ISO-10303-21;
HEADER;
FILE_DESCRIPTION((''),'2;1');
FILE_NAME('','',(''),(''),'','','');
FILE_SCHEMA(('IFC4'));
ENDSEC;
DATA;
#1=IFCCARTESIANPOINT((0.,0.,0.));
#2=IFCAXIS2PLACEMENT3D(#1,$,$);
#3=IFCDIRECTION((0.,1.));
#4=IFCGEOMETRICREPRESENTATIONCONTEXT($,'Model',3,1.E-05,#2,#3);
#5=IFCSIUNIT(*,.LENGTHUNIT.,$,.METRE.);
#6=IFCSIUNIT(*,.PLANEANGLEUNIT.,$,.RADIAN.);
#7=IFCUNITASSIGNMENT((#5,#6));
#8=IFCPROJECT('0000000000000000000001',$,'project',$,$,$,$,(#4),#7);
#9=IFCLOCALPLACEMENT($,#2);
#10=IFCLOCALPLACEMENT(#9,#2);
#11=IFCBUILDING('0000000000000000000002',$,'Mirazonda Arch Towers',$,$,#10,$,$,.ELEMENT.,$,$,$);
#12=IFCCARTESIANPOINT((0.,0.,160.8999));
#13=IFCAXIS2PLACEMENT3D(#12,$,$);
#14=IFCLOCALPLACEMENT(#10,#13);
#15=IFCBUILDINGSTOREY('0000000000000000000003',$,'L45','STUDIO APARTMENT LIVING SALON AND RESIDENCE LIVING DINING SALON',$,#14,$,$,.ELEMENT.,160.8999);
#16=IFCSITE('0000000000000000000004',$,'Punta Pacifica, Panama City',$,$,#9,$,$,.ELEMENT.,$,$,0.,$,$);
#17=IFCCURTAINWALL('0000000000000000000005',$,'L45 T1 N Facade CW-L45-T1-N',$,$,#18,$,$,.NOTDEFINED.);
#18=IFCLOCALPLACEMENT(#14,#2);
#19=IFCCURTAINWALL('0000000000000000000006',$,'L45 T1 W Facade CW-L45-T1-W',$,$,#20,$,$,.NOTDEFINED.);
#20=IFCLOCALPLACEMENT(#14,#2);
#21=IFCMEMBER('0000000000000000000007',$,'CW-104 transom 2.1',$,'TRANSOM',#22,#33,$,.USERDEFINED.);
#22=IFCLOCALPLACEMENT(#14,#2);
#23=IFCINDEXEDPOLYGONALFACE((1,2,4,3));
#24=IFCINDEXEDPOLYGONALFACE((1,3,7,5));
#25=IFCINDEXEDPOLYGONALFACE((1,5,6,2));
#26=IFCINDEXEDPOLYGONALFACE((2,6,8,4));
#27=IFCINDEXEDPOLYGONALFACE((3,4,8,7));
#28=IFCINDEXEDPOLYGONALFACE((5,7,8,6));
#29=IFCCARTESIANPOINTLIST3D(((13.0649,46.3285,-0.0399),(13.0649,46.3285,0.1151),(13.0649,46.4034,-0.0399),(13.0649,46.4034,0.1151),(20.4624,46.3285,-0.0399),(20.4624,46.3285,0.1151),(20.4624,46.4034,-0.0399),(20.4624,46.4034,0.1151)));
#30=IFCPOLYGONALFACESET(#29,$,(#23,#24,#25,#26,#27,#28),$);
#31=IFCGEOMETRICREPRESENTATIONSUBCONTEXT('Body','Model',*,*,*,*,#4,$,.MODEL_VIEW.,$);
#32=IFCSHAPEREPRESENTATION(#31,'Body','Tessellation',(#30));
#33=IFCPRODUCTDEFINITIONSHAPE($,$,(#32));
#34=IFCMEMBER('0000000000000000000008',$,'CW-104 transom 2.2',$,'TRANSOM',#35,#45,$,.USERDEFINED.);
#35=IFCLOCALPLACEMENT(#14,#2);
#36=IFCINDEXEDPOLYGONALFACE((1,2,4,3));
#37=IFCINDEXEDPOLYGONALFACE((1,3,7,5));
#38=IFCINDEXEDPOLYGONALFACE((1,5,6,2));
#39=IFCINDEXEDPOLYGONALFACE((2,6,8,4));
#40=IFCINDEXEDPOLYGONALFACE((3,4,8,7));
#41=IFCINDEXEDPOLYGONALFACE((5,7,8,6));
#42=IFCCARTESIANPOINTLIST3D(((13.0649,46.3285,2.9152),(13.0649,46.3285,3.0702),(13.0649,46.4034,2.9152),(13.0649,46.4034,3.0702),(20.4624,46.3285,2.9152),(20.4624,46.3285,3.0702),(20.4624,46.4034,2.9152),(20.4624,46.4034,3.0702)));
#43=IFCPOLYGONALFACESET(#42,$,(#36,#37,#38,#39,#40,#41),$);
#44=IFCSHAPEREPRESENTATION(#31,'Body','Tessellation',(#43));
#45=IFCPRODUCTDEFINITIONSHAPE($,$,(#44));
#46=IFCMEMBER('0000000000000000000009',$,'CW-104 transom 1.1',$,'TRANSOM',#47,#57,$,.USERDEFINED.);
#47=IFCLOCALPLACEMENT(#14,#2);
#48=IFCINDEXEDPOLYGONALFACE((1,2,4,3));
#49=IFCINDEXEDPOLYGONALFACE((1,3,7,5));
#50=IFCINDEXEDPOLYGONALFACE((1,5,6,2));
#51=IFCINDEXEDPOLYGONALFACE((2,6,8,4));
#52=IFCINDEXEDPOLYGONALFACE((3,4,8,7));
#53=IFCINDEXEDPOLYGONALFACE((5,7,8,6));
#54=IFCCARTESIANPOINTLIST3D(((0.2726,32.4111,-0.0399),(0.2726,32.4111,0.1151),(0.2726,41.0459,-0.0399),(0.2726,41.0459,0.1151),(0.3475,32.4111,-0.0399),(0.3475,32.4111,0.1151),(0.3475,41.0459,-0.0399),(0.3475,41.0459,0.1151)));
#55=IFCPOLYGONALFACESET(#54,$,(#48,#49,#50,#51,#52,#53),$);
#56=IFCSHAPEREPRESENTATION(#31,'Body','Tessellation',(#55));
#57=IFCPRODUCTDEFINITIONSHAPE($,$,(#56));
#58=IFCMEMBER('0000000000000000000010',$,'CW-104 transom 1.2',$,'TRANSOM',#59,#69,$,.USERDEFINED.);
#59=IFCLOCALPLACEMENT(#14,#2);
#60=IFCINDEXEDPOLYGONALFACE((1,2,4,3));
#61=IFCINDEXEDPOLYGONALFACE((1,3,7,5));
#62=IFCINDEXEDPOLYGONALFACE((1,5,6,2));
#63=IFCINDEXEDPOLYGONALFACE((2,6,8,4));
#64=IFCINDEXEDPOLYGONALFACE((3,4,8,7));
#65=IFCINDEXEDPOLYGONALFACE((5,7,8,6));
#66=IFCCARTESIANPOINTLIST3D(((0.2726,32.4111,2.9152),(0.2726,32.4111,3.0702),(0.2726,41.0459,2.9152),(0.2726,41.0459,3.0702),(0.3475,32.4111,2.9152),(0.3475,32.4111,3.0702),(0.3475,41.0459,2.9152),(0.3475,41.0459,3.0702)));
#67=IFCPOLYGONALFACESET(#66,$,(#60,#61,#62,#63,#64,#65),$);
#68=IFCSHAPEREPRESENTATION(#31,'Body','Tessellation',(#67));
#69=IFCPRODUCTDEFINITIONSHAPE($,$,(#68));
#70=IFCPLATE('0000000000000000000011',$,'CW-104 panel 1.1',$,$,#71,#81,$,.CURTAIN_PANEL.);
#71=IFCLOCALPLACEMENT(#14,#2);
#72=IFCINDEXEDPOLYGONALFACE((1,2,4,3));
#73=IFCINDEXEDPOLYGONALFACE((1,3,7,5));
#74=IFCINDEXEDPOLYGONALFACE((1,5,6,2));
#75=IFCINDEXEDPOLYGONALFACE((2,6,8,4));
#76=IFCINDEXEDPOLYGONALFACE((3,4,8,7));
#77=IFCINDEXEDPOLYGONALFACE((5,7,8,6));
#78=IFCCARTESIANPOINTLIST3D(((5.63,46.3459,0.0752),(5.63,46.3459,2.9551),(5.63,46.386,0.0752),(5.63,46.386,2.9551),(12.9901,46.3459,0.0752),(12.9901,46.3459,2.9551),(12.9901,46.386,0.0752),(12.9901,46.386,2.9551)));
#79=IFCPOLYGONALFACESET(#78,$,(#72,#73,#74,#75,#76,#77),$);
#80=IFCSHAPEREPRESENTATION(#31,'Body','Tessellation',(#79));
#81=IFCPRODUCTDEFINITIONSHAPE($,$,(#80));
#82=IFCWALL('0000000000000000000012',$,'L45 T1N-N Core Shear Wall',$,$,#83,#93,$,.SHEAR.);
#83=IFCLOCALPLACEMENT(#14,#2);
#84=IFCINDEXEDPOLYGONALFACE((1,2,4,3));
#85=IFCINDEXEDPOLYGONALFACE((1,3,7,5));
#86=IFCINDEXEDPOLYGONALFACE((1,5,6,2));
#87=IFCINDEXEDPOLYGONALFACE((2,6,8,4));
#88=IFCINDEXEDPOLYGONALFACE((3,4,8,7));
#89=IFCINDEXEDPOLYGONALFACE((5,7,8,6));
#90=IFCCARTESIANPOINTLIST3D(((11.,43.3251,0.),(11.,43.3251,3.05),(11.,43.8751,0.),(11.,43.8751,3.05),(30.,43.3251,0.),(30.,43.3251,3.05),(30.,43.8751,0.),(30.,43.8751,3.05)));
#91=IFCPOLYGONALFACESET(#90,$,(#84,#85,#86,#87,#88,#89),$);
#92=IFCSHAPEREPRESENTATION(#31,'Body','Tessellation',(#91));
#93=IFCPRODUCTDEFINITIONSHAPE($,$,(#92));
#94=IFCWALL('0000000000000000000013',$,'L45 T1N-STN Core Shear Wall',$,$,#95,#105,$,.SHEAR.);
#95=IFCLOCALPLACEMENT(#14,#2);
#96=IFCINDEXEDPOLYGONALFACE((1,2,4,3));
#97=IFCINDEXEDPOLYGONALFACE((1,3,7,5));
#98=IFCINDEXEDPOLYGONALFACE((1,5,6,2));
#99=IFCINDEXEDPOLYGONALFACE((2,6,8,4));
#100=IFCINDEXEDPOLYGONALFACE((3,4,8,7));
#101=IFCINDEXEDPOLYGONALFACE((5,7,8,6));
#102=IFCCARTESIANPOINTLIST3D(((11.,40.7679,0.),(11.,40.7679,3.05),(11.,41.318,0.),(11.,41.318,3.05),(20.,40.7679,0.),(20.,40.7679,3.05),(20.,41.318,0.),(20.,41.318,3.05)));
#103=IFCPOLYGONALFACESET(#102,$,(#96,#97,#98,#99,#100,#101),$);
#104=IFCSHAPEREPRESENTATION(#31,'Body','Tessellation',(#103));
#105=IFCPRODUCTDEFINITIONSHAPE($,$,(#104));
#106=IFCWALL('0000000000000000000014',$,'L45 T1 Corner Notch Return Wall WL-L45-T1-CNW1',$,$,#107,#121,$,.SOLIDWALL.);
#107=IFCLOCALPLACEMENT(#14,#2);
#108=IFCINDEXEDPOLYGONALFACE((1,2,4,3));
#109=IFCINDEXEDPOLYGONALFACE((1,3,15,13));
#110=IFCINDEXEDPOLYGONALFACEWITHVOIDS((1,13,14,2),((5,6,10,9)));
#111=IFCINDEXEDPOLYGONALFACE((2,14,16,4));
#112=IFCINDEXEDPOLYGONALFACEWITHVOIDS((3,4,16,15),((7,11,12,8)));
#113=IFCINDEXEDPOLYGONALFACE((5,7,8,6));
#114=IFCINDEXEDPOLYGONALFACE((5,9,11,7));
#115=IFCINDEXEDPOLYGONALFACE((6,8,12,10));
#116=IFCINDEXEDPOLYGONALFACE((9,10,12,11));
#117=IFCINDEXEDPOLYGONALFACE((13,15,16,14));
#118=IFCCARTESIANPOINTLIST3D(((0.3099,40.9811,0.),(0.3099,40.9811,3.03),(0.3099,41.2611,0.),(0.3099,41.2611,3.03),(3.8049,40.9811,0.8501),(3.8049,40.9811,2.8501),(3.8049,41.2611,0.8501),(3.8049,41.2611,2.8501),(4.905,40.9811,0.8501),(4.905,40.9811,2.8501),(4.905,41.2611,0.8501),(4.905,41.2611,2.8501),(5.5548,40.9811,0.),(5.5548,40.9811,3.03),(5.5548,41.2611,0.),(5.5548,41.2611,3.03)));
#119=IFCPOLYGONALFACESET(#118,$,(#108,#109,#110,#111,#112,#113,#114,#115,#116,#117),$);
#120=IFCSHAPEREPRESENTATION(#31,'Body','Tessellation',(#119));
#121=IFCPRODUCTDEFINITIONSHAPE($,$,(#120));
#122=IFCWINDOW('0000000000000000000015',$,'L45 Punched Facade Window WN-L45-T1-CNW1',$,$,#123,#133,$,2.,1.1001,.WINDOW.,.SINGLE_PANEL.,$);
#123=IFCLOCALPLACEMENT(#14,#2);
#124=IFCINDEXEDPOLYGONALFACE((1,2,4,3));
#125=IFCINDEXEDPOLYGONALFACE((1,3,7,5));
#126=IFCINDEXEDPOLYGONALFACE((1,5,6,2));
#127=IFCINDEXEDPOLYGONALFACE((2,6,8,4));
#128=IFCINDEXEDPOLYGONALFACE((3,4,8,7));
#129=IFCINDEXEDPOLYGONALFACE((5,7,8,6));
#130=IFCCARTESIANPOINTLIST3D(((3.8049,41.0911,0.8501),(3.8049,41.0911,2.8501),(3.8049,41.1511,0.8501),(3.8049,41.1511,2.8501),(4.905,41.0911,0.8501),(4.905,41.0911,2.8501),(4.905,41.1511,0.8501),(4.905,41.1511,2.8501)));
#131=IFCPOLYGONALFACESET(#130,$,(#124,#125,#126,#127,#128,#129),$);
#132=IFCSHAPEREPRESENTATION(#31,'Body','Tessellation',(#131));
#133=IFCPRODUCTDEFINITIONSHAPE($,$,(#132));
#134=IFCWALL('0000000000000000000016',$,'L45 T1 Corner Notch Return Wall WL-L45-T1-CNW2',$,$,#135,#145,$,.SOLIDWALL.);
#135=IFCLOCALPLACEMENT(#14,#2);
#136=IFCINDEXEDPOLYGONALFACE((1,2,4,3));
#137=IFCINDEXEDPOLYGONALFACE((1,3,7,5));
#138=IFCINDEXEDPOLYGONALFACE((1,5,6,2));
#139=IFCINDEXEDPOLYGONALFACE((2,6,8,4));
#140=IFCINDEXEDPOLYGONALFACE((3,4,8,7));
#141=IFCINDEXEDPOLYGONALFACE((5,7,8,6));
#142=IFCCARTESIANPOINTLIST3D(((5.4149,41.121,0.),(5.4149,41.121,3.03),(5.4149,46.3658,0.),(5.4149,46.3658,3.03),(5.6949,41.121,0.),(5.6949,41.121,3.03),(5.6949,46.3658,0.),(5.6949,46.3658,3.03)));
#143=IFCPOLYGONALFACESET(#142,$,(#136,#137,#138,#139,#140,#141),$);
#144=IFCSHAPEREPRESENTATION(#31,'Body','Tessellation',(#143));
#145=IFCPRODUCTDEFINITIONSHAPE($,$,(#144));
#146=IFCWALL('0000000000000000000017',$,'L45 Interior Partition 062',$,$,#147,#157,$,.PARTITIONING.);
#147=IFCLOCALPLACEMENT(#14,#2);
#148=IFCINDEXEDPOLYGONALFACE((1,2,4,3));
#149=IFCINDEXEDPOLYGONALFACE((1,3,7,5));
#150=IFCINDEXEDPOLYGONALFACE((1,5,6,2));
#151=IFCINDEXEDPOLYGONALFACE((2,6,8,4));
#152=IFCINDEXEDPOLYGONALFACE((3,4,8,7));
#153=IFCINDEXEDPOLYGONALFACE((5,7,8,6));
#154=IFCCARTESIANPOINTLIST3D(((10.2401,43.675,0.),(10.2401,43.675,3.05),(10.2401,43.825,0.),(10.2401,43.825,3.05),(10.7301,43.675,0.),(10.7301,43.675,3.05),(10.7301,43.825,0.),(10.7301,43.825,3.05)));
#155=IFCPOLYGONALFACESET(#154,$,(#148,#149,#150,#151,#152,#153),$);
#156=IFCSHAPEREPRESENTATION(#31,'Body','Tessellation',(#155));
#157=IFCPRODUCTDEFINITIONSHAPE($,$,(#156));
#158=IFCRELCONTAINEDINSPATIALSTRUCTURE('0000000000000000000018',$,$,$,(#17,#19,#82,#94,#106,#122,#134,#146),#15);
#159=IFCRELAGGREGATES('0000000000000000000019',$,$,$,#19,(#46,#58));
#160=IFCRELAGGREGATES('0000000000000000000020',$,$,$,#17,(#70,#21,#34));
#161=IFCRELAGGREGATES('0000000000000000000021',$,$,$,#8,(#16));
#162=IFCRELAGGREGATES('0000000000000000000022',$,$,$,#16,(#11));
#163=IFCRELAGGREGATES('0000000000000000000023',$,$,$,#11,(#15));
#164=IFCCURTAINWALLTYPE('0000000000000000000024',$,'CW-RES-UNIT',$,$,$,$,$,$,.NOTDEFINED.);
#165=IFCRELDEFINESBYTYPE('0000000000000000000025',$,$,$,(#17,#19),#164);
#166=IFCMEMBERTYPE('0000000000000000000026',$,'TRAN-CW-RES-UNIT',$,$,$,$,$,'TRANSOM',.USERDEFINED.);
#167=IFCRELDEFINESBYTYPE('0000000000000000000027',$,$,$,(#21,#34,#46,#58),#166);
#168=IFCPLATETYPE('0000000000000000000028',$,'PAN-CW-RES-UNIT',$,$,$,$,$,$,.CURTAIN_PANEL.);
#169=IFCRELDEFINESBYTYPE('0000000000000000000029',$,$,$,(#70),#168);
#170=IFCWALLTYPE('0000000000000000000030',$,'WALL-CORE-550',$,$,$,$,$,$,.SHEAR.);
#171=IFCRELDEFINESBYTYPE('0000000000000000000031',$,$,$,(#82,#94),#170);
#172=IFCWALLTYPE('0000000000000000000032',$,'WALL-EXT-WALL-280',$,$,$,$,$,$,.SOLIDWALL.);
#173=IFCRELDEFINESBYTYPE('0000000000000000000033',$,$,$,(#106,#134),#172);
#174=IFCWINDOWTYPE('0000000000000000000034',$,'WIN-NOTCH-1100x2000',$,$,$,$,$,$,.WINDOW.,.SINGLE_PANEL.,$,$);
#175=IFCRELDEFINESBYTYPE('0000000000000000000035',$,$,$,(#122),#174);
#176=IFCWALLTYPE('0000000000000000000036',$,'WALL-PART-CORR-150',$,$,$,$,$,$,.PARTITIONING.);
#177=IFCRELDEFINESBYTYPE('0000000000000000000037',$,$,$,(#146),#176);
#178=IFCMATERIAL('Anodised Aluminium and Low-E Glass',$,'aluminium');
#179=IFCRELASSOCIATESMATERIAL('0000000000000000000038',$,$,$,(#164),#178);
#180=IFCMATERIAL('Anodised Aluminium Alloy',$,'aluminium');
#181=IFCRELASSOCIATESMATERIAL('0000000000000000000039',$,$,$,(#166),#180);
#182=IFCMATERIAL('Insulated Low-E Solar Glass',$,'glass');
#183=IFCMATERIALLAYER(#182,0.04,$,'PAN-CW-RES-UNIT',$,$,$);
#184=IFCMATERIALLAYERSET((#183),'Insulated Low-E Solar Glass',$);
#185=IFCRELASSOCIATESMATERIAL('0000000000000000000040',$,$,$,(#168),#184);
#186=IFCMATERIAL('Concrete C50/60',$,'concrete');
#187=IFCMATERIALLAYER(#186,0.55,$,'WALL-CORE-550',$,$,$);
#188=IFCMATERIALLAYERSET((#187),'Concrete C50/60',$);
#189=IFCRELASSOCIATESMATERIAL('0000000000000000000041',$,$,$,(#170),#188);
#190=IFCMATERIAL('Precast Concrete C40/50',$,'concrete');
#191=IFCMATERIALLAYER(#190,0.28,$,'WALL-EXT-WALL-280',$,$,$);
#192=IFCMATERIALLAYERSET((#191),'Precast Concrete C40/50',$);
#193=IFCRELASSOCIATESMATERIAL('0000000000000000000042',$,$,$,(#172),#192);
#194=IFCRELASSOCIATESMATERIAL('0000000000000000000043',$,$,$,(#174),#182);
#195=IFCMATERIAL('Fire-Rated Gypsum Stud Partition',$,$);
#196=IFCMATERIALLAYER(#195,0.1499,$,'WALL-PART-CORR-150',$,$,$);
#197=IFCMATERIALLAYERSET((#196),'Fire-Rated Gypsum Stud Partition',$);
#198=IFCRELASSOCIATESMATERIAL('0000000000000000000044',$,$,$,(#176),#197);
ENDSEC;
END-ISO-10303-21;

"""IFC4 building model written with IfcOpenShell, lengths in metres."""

from ifc_helpers import new_model, si_unit, direction, frame, frame_2d, origin, origin_2d, place, context, subcontext, project, spatial, rectangle, extrude, material, layer, layer_set, material_profile, profile_set, type_object, element, fill, aggregate, save


model = new_model("IFC4")

# Units and contexts
model_context = context("Model", 3, precision=1e-05, world=origin(), true_north=direction((0.0, 1.0)))
body_context = subcontext(model_context, "Body", "Model", "MODEL_VIEW")
ifc_project = project(units=[si_unit("LENGTHUNIT", "METRE"), si_unit("PLANEANGLEUNIT", "RADIAN")], contexts=[model_context])

# Site, building, storey
site_placement = place(None, origin())
site = spatial("IfcSite", under=ifc_project, at=site_placement, Name="Punta Pacifica, Panama City", CompositionType="ELEMENT", RefElevation=0.0)
building_placement = place(site_placement, origin())
building = spatial("IfcBuilding", under=site, at=building_placement, Name="Mirazonda Arch Towers", CompositionType="ELEMENT")
storey_placement = place(building_placement, frame((0.0, 0.0, 160.8999)))
storey = spatial("IfcBuildingStorey", under=building, at=storey_placement, Name="L45", Description="STUDIO APARTMENT LIVING SALON AND RESIDENCE LIVING DINING SALON", CompositionType="ELEMENT", Elevation=160.8999)

# Shared definitions
ifc_material_1 = material(Name="Concrete C50/60", Category="concrete")

# Curtain wall
ifc_material_2 = material(Name="Anodised Aluminium and Low-E Glass", Category="aluminium")
curtain_wall_type = type_object("IfcCurtainWallType", Name="CW-RES-UNIT", PredefinedType="NOTDEFINED", material=ifc_material_2)
curtain_wall_1_placement = place(storey_placement, origin())
curtain_wall_1 = element("IfcCurtainWall", 1, at=curtain_wall_1_placement, inside=storey, type_object=curtain_wall_type, Name="L45 T1 N Facade CW-L45-T1-N", PredefinedType="NOTDEFINED")
ifc_material_3 = material(Name="Anodised Aluminium Alloy", Category="aluminium")

# Curtain wall
curtain_wall_2_placement = place(storey_placement, origin())
curtain_wall_2 = element("IfcCurtainWall", 2, at=curtain_wall_2_placement, inside=storey, type_object=curtain_wall_type, Name="L45 T1 W Facade CW-L45-T1-W", PredefinedType="NOTDEFINED")

# Members
ifc_material_profile_1 = material_profile(ifc_material_3, rectangle(XDim=0.075, YDim=0.155, at=origin_2d()), Name="ALU-TRAN-75x155")
ifc_profile_set_1 = profile_set([ifc_material_profile_1], Name="Anodised Aluminium Alloy")
member_type_1 = type_object("IfcMemberType", Name="TRAN-CW-RES-UNIT", ElementType="TRANSOM", PredefinedType="USERDEFINED", material=ifc_profile_set_1)
member_1_placement = place(storey_placement, frame((13.0649, 46.366, 0.0376), z_axis=(1.0, 0.0, 0.0), x_axis=(0.0, 1.0, 0.0)))
member_1 = element("IfcMember", 3, at=member_1_placement, type_object=member_type_1, Name="CW-104 transom 2.1", ObjectType="TRANSOM", PredefinedType="USERDEFINED", context=body_context, shape_type="SweptSolid", body=[
    extrude(rectangle(XDim=0.075, YDim=0.155, at=origin_2d()), origin(), (0.0, 0.0, 1.0), 7.3975),
])
member_2_placement = place(storey_placement, frame((13.0649, 46.366, 2.9927), z_axis=(1.0, 0.0, 0.0), x_axis=(0.0, 1.0, 0.0)))
member_2 = element("IfcMember", 4, at=member_2_placement, type_object=member_type_1, Name="CW-104 transom 2.2", ObjectType="TRANSOM", PredefinedType="USERDEFINED", context=body_context, shape_type="SweptSolid", body=[
    extrude(rectangle(XDim=0.075, YDim=0.155, at=origin_2d()), origin(), (0.0, 0.0, 1.0), 7.3975),
])
member_3_placement = place(storey_placement, frame((0.3101, 41.0459, 0.0376), z_axis=(0.0, -1.0, 0.0), x_axis=(1.0, 0.0, 0.0)))
member_3 = element("IfcMember", 5, at=member_3_placement, type_object=member_type_1, Name="CW-104 transom 1.1", ObjectType="TRANSOM", PredefinedType="USERDEFINED", context=body_context, shape_type="SweptSolid", body=[
    extrude(rectangle(XDim=0.075, YDim=0.155, at=origin_2d()), origin(), (0.0, 0.0, 1.0), 8.6348),
])
member_4_placement = place(storey_placement, frame((0.3101, 41.0459, 2.9927), z_axis=(0.0, -1.0, 0.0), x_axis=(1.0, 0.0, 0.0)))
member_4 = element("IfcMember", 6, at=member_4_placement, type_object=member_type_1, Name="CW-104 transom 1.2", ObjectType="TRANSOM", PredefinedType="USERDEFINED", context=body_context, shape_type="SweptSolid", body=[
    extrude(rectangle(XDim=0.075, YDim=0.155, at=origin_2d()), origin(), (0.0, 0.0, 1.0), 8.6348),
])
aggregate(curtain_wall_2, [member_3, member_4])

# Plate
ifc_material_4 = material(Name="Insulated Low-E Solar Glass", Category="glass")
ifc_layer_1 = layer(ifc_material_4, 0.04, Name="PAN-CW-RES-UNIT")
ifc_layer_set_1 = layer_set([ifc_layer_1], Name="Insulated Low-E Solar Glass")
plate_type = type_object("IfcPlateType", Name="PAN-CW-RES-UNIT", PredefinedType="CURTAIN_PANEL", material=ifc_layer_set_1)
plate_placement = place(storey_placement, frame((9.3101, 46.366, 0.0752), z_axis=(0.0, 0.0, 1.0), x_axis=(1.0, 0.0, 0.0)))
plate = element("IfcPlate", 7, at=plate_placement, type_object=plate_type, Name="CW-104 panel 1.1", PredefinedType="CURTAIN_PANEL", context=body_context, shape_type="SweptSolid", body=[
    extrude(rectangle(XDim=7.3601, YDim=0.04, at=origin_2d()), origin(), (0.0, 0.0, 1.0), 2.8799),
])
aggregate(curtain_wall_1, [plate, member_1, member_2])

# Walls
ifc_layer_2 = layer(ifc_material_1, 0.55, Name="WALL-CORE-550")
ifc_layer_set_2 = layer_set([ifc_layer_2], Name="Concrete C50/60")
wall_type_1 = type_object("IfcWallType", Name="WALL-CORE-550", PredefinedType="SHEAR", material=ifc_layer_set_2)
wall_1_placement = place(storey_placement, frame((11.0, 43.6001, 0.0), z_axis=(0.0, 0.0, 1.0), x_axis=(1.0, 0.0, 0.0)))
element("IfcWall", 8, at=wall_1_placement, inside=storey, type_object=wall_type_1, Name="L45 T1N-N Core Shear Wall", PredefinedType="SHEAR", context=body_context, shape_type="SweptSolid", body=[
    extrude(rectangle(XDim=19.0, YDim=0.55, at=frame_2d((9.5, 0.0))), origin(), (0.0, 0.0, 1.0), 3.05),
])
wall_2_placement = place(storey_placement, frame((11.0, 41.043, 0.0), z_axis=(0.0, 0.0, 1.0), x_axis=(1.0, 0.0, 0.0)))
element("IfcWall", 9, at=wall_2_placement, inside=storey, type_object=wall_type_1, Name="L45 T1N-STN Core Shear Wall", PredefinedType="SHEAR", context=body_context, shape_type="SweptSolid", body=[
    extrude(rectangle(XDim=9.0, YDim=0.55, at=frame_2d((4.5, 0.0))), origin(), (0.0, 0.0, 1.0), 3.05),
])

# Wall, opening, window
ifc_material_5 = material(Name="Precast Concrete C40/50", Category="concrete")
ifc_layer_3 = layer(ifc_material_5, 0.28, Name="WALL-EXT-WALL-280")
ifc_layer_set_3 = layer_set([ifc_layer_3], Name="Precast Concrete C40/50")
wall_type_2 = type_object("IfcWallType", Name="WALL-EXT-WALL-280", PredefinedType="SOLIDWALL", material=ifc_layer_set_3)
wall_3_placement = place(storey_placement, frame((5.5549, 41.1211, 0.0), z_axis=(0.0, 0.0, 1.0), x_axis=(-1.0, 0.0, 0.0)))
wall_3 = element("IfcWall", 10, at=wall_3_placement, inside=storey, type_object=wall_type_2, Name="L45 T1 Corner Notch Return Wall WL-L45-T1-CNW1", PredefinedType="SOLIDWALL", context=body_context, shape_type="SweptSolid", body=[
    extrude(rectangle(XDim=5.2449, YDim=0.28, at=frame_2d((2.6226, 0.0))), origin(), (0.0, 0.0, 1.0), 3.03),
])
opening_1_placement = place(wall_3_placement, frame((0.6499, 0.0, 0.8501)))
opening_1 = element("IfcOpeningElement", 11, at=opening_1_placement, cuts=wall_3, PredefinedType="OPENING", context=body_context, shape_type="SweptSolid", body=[
    extrude(rectangle(XDim=1.1001, YDim=2.0, at=frame_2d((0.55, 1.0))), frame((0.0, 0.1499, 0.0), z_axis=(0.0, -1.0, 0.0), x_axis=(1.0, 0.0, 0.0)), (0.0, 0.0, 1.0), 0.3),
])
window_type = type_object("IfcWindowType", Name="WIN-NOTCH-1100x2000", PartitioningType="SINGLE_PANEL", PredefinedType="WINDOW", material=ifc_material_4)
window_placement = place(opening_1_placement, origin())
window = element("IfcWindow", 12, at=window_placement, inside=storey, type_object=window_type, Name="L45 Punched Facade Window WN-L45-T1-CNW1", OverallHeight=2.0, OverallWidth=1.1001, PartitioningType="SINGLE_PANEL", PredefinedType="WINDOW", context=body_context, shape_type="SweptSolid", body=[
    extrude(rectangle(XDim=1.1001, YDim=2.0, at=frame_2d((0.55, 1.0))), frame((0.0, 0.03, 0.0), z_axis=(0.0, -1.0, 0.0), x_axis=(1.0, 0.0, 0.0)), (0.0, 0.0, 1.0), 0.0601),
])
fill(opening_1, window)

# Walls
wall_4_placement = place(storey_placement, frame((5.5549, 46.366, 0.0), z_axis=(0.0, 0.0, 1.0), x_axis=(0.0, -1.0, 0.0)))
element("IfcWall", 13, at=wall_4_placement, inside=storey, type_object=wall_type_2, Name="L45 T1 Corner Notch Return Wall WL-L45-T1-CNW2", PredefinedType="SOLIDWALL", context=body_context, shape_type="SweptSolid", body=[
    extrude(rectangle(XDim=5.2449, YDim=0.28, at=frame_2d((2.6226, 0.0))), origin(), (0.0, 0.0, 1.0), 3.03),
])
ifc_material_6 = material(Name="Fire-Rated Gypsum Stud Partition")
ifc_layer_4 = layer(ifc_material_6, 0.1499, Name="WALL-PART-CORR-150")
ifc_layer_set_4 = layer_set([ifc_layer_4], Name="Fire-Rated Gypsum Stud Partition")
wall_type_3 = type_object("IfcWallType", Name="WALL-PART-CORR-150", PredefinedType="PARTITIONING", material=ifc_layer_set_4)
wall_5_placement = place(storey_placement, frame((10.24, 43.75, 0.0), z_axis=(0.0, 0.0, 1.0), x_axis=(1.0, 0.0, 0.0)))
element("IfcWall", 14, at=wall_5_placement, inside=storey, type_object=wall_type_3, Name="L45 Interior Partition 062", PredefinedType="PARTITIONING", context=body_context, shape_type="SweptSolid", body=[
    extrude(rectangle(XDim=0.49, YDim=0.1499, at=frame_2d((0.2451, 0.0))), origin(), (0.0, 0.0, 1.0), 3.05),
])

save(model, "model.ifc")
